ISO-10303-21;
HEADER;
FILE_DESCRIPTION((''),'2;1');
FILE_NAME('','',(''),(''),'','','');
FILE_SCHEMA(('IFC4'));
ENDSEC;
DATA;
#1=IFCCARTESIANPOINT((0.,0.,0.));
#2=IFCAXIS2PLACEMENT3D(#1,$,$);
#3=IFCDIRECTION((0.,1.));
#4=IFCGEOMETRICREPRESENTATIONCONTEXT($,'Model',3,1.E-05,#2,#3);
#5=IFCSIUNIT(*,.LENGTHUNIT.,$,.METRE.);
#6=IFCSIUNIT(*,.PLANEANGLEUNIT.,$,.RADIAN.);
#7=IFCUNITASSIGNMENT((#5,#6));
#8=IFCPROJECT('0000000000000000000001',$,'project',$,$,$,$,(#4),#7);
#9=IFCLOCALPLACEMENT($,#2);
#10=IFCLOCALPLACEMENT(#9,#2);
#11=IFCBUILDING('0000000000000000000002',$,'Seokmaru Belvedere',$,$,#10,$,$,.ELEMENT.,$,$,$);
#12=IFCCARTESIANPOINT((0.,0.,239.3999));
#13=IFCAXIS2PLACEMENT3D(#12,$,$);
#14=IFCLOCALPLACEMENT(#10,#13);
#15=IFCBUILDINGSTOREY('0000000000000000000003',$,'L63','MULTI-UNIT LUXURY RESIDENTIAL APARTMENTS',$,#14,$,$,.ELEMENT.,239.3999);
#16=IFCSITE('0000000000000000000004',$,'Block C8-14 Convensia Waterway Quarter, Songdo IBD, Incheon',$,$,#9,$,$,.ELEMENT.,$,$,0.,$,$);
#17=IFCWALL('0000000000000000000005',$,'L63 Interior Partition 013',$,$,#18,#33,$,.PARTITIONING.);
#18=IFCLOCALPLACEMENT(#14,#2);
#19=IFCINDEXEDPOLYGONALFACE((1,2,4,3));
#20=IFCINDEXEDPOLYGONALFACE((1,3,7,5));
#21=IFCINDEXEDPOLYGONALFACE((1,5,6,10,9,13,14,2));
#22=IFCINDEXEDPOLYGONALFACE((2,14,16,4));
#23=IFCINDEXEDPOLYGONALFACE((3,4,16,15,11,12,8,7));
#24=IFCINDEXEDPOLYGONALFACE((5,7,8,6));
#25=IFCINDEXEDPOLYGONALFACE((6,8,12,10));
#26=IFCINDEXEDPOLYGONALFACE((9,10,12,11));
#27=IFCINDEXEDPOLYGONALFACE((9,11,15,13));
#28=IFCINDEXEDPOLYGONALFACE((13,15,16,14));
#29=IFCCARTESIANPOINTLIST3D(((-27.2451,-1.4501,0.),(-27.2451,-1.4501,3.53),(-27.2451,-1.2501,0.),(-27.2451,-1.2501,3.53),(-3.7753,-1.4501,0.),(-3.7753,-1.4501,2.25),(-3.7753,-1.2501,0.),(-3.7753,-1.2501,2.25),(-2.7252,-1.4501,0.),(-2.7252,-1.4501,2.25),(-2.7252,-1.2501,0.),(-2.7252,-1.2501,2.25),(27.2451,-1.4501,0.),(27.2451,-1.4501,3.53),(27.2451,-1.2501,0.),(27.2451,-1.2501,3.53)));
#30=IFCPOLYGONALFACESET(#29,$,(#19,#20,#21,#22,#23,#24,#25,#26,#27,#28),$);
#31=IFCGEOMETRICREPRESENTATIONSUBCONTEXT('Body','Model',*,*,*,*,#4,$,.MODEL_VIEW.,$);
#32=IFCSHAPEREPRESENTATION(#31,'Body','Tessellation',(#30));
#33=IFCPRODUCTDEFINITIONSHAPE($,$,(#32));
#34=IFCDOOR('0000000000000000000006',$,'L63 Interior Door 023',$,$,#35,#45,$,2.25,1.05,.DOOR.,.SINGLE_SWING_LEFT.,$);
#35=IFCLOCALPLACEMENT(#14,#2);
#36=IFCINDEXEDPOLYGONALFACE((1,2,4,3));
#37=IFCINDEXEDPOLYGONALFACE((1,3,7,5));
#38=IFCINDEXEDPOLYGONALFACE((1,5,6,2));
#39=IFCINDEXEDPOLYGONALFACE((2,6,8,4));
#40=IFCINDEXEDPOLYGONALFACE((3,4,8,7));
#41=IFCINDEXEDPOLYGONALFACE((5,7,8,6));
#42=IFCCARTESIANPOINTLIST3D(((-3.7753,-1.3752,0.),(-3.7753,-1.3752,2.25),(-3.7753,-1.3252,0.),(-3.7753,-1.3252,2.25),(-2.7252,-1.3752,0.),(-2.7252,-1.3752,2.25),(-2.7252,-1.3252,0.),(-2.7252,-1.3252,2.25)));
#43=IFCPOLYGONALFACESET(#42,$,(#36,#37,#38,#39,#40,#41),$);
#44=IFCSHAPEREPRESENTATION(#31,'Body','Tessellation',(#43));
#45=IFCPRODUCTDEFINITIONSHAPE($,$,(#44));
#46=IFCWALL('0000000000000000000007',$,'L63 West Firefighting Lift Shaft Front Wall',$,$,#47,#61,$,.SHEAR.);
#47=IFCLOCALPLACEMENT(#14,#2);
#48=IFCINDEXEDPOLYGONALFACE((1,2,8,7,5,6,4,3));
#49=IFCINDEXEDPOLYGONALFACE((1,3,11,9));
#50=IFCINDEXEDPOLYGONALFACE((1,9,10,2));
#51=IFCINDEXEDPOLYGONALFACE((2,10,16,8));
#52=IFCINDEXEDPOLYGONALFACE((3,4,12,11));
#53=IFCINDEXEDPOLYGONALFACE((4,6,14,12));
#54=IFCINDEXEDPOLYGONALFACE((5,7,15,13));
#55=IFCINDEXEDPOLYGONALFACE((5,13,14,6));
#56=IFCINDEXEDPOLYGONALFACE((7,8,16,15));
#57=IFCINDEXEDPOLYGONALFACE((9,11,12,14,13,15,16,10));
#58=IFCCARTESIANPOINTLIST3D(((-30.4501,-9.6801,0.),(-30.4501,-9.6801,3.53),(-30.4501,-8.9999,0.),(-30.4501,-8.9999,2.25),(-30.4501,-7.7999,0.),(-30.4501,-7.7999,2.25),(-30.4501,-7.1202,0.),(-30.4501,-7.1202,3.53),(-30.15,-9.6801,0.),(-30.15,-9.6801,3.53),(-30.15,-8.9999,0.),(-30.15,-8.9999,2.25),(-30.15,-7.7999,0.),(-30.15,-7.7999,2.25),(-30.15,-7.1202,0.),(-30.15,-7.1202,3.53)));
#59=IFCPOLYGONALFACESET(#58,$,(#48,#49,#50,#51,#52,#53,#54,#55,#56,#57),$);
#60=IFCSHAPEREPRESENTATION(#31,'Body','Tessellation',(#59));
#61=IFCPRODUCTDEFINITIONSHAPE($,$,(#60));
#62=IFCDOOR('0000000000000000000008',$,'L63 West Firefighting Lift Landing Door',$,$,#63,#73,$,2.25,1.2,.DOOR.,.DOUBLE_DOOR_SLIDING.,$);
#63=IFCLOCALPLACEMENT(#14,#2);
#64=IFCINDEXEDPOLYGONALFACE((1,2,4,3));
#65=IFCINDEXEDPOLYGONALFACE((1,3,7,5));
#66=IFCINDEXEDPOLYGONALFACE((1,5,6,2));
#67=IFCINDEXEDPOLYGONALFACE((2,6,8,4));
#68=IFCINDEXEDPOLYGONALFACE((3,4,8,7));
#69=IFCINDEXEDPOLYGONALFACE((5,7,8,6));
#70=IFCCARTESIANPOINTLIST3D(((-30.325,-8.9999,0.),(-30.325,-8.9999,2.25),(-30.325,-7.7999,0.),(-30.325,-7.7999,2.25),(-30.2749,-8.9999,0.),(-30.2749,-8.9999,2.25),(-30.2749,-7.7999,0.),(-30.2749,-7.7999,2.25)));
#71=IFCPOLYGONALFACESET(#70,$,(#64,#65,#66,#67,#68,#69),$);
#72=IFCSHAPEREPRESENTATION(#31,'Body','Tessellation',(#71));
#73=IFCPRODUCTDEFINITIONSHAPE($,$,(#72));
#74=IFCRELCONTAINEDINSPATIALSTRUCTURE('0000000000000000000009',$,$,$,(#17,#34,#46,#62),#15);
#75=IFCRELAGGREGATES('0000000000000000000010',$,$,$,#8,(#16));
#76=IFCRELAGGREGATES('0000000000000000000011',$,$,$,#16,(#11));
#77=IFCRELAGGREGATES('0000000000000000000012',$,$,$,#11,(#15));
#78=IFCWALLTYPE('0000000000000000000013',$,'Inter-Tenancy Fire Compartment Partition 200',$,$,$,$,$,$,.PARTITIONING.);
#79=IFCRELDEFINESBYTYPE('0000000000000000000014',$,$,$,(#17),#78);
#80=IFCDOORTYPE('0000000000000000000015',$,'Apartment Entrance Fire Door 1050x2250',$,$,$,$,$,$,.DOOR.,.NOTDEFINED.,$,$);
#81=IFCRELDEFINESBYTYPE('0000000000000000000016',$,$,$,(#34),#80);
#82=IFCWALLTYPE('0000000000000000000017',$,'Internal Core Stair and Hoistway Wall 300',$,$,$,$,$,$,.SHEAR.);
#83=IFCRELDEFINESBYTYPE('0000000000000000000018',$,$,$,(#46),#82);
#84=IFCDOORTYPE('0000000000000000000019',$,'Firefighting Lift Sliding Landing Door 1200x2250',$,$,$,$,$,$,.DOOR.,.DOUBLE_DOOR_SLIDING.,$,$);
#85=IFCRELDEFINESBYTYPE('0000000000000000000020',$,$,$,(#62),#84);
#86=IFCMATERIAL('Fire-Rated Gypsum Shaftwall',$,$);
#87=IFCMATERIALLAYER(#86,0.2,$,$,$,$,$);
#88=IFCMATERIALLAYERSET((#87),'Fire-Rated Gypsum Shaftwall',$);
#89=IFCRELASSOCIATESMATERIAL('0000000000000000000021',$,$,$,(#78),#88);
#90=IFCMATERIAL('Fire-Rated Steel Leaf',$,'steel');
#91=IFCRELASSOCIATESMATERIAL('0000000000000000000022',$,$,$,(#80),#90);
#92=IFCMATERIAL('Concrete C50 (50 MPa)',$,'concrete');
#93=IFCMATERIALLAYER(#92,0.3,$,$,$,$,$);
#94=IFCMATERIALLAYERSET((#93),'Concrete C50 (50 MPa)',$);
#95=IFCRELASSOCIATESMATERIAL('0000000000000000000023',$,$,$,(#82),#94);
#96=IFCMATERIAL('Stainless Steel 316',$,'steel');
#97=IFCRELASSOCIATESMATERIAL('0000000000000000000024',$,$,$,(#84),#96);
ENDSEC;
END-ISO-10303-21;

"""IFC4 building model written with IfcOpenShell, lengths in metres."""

from ifc_helpers import new_model, si_unit, direction, frame, frame_2d, origin, place, context, subcontext, project, spatial, rectangle, extrude, source, transform, mapped, material, layer, layer_set, type_object, type_shapes, element, fill, save


model = new_model("IFC4")

# Units and contexts
model_context = context("Model", 3, precision=1e-05, world=origin(), true_north=direction((0.0, 1.0)))
body_context = subcontext(model_context, "Body", "Model", "MODEL_VIEW")
ifc_project = project(units=[si_unit("LENGTHUNIT", "METRE"), si_unit("PLANEANGLEUNIT", "RADIAN")], contexts=[model_context])

# Site, building, storey
site_placement = place(None, origin())
site = spatial("IfcSite", under=ifc_project, at=site_placement, Name="Block C8-14 Convensia Waterway Quarter, Songdo IBD, Incheon", CompositionType="ELEMENT", RefElevation=0.0)
building_placement = place(site_placement, origin())
building = spatial("IfcBuilding", under=site, at=building_placement, Name="Seokmaru Belvedere", CompositionType="ELEMENT")
storey_placement = place(building_placement, frame((0.0, 0.0, 239.3999)))
storey = spatial("IfcBuildingStorey", under=building, at=storey_placement, Name="L63", Description="MULTI-UNIT LUXURY RESIDENTIAL APARTMENTS", CompositionType="ELEMENT", Elevation=239.3999)

# Shared definitions
ifc_material_1 = material(Name="Fire-Rated Gypsum Shaftwall")

# Shared definitions
ifc_material_2 = material(Name="Fire-Rated Steel Leaf", Category="steel")

# Shared definitions
ifc_material_3 = material(Name="Concrete C50 (50 MPa)", Category="concrete")

# Walls, openings, doors
ifc_layer_1 = layer(ifc_material_1, 0.2)
ifc_layer_set_1 = layer_set([ifc_layer_1], Name="Fire-Rated Gypsum Shaftwall")
wall_type_1 = type_object("IfcWallType", Name="Inter-Tenancy Fire Compartment Partition 200", PredefinedType="PARTITIONING", material=ifc_layer_set_1)
wall_1_placement = place(storey_placement, frame((-27.2451, -1.3501, 0.0), z_axis=(0.0, 0.0, 1.0), x_axis=(1.0, 0.0, 0.0)))
wall_1 = element("IfcWall", 1, at=wall_1_placement, inside=storey, type_object=wall_type_1, Name="L63 Interior Partition 013", PredefinedType="PARTITIONING", context=body_context, shape_type="SweptSolid", body=[
    extrude(rectangle(XDim=54.4902, YDim=0.2, at=frame_2d((27.2451, 0.0))), origin(), (0.0, 0.0, 1.0), 3.53),
])
opening_1_placement = place(wall_1_placement, frame((23.47, 0.0, 0.0)))
opening_1 = element("IfcOpeningElement", 2, at=opening_1_placement, cuts=wall_1, PredefinedType="OPENING", context=body_context, shape_type="SweptSolid", body=[
    extrude(rectangle(XDim=1.05, YDim=2.25, at=frame_2d((0.5249, 1.125))), frame((0.0, 0.1099, 0.0), z_axis=(0.0, -1.0, 0.0), x_axis=(1.0, 0.0, 0.0)), (0.0, 0.0, 1.0), 0.22),
])
door_type_1 = type_object("IfcDoorType", Name="Apartment Entrance Fire Door 1050x2250", OperationType="NOTDEFINED", PredefinedType="DOOR", material=ifc_material_2)
shared_shape_1 = source(origin(), body_context, "Body", "SweptSolid", [
    extrude(rectangle(XDim=1.05, YDim=2.25, at=frame_2d((0.5249, 1.125))), frame((0.0, 0.0249, 0.0), z_axis=(0.0, -1.0, 0.0), x_axis=(1.0, 0.0, 0.0)), (0.0, 0.0, 1.0), 0.05),
])
type_shapes(door_type_1, [shared_shape_1])
door_1_placement = place(opening_1_placement, origin())
door_1 = element("IfcDoor", 3, at=door_1_placement, inside=storey, type_object=door_type_1, Name="L63 Interior Door 023", OperationType="SINGLE_SWING_LEFT", OverallHeight=2.25, OverallWidth=1.05, PredefinedType="DOOR", context=body_context, shape_type="MappedRepresentation", body=[
    mapped(shared_shape_1, transform((0.0, 0.0, 0.0), scale=1.0)),
])
fill(opening_1, door_1)
ifc_layer_2 = layer(ifc_material_3, 0.3)
ifc_layer_set_2 = layer_set([ifc_layer_2], Name="Concrete C50 (50 MPa)")
wall_type_2 = type_object("IfcWallType", Name="Internal Core Stair and Hoistway Wall 300", PredefinedType="SHEAR", material=ifc_layer_set_2)
wall_2_placement = place(storey_placement, frame((-30.3, -9.6799, 0.0), z_axis=(0.0, 0.0, 1.0), x_axis=(0.0, 1.0, 0.0)))
wall_2 = element("IfcWall", 4, at=wall_2_placement, inside=storey, type_object=wall_type_2, Name="L63 West Firefighting Lift Shaft Front Wall", PredefinedType="SHEAR", context=body_context, shape_type="SweptSolid", body=[
    extrude(rectangle(XDim=2.5598, YDim=0.3, at=frame_2d((1.2798, 0.0))), origin(), (0.0, 0.0, 1.0), 3.53),
])
opening_2_placement = place(wall_2_placement, frame((0.6799, 0.0, 0.0)))
opening_2 = element("IfcOpeningElement", 5, at=opening_2_placement, cuts=wall_2, PredefinedType="OPENING", context=body_context, shape_type="SweptSolid", body=[
    extrude(rectangle(XDim=1.2, YDim=2.25, at=frame_2d((0.6001, 1.125))), frame((0.0, 0.1602, 0.0), z_axis=(0.0, -1.0, 0.0), x_axis=(1.0, 0.0, 0.0)), (0.0, 0.0, 1.0), 0.3201),
])
ifc_material_4 = material(Name="Stainless Steel 316", Category="steel")
door_type_2 = type_object("IfcDoorType", Name="Firefighting Lift Sliding Landing Door 1200x2250", OperationType="DOUBLE_DOOR_SLIDING", PredefinedType="DOOR", material=ifc_material_4)
shared_shape_2 = source(origin(), body_context, "Body", "SweptSolid", [
    extrude(rectangle(XDim=1.2, YDim=2.25, at=frame_2d((0.6001, 1.125))), frame((0.0, 0.0249, 0.0), z_axis=(0.0, -1.0, 0.0), x_axis=(1.0, 0.0, 0.0)), (0.0, 0.0, 1.0), 0.05),
])
type_shapes(door_type_2, [shared_shape_2])
door_2_placement = place(opening_2_placement, origin())
door_2 = element("IfcDoor", 6, at=door_2_placement, inside=storey, type_object=door_type_2, Name="L63 West Firefighting Lift Landing Door", OperationType="DOUBLE_DOOR_SLIDING", OverallHeight=2.25, OverallWidth=1.2, PredefinedType="DOOR", context=body_context, shape_type="MappedRepresentation", body=[
    mapped(shared_shape_2, transform((0.0, 0.0, 0.0), scale=1.0)),
])
fill(opening_2, door_2)

save(model, "model.ifc")
